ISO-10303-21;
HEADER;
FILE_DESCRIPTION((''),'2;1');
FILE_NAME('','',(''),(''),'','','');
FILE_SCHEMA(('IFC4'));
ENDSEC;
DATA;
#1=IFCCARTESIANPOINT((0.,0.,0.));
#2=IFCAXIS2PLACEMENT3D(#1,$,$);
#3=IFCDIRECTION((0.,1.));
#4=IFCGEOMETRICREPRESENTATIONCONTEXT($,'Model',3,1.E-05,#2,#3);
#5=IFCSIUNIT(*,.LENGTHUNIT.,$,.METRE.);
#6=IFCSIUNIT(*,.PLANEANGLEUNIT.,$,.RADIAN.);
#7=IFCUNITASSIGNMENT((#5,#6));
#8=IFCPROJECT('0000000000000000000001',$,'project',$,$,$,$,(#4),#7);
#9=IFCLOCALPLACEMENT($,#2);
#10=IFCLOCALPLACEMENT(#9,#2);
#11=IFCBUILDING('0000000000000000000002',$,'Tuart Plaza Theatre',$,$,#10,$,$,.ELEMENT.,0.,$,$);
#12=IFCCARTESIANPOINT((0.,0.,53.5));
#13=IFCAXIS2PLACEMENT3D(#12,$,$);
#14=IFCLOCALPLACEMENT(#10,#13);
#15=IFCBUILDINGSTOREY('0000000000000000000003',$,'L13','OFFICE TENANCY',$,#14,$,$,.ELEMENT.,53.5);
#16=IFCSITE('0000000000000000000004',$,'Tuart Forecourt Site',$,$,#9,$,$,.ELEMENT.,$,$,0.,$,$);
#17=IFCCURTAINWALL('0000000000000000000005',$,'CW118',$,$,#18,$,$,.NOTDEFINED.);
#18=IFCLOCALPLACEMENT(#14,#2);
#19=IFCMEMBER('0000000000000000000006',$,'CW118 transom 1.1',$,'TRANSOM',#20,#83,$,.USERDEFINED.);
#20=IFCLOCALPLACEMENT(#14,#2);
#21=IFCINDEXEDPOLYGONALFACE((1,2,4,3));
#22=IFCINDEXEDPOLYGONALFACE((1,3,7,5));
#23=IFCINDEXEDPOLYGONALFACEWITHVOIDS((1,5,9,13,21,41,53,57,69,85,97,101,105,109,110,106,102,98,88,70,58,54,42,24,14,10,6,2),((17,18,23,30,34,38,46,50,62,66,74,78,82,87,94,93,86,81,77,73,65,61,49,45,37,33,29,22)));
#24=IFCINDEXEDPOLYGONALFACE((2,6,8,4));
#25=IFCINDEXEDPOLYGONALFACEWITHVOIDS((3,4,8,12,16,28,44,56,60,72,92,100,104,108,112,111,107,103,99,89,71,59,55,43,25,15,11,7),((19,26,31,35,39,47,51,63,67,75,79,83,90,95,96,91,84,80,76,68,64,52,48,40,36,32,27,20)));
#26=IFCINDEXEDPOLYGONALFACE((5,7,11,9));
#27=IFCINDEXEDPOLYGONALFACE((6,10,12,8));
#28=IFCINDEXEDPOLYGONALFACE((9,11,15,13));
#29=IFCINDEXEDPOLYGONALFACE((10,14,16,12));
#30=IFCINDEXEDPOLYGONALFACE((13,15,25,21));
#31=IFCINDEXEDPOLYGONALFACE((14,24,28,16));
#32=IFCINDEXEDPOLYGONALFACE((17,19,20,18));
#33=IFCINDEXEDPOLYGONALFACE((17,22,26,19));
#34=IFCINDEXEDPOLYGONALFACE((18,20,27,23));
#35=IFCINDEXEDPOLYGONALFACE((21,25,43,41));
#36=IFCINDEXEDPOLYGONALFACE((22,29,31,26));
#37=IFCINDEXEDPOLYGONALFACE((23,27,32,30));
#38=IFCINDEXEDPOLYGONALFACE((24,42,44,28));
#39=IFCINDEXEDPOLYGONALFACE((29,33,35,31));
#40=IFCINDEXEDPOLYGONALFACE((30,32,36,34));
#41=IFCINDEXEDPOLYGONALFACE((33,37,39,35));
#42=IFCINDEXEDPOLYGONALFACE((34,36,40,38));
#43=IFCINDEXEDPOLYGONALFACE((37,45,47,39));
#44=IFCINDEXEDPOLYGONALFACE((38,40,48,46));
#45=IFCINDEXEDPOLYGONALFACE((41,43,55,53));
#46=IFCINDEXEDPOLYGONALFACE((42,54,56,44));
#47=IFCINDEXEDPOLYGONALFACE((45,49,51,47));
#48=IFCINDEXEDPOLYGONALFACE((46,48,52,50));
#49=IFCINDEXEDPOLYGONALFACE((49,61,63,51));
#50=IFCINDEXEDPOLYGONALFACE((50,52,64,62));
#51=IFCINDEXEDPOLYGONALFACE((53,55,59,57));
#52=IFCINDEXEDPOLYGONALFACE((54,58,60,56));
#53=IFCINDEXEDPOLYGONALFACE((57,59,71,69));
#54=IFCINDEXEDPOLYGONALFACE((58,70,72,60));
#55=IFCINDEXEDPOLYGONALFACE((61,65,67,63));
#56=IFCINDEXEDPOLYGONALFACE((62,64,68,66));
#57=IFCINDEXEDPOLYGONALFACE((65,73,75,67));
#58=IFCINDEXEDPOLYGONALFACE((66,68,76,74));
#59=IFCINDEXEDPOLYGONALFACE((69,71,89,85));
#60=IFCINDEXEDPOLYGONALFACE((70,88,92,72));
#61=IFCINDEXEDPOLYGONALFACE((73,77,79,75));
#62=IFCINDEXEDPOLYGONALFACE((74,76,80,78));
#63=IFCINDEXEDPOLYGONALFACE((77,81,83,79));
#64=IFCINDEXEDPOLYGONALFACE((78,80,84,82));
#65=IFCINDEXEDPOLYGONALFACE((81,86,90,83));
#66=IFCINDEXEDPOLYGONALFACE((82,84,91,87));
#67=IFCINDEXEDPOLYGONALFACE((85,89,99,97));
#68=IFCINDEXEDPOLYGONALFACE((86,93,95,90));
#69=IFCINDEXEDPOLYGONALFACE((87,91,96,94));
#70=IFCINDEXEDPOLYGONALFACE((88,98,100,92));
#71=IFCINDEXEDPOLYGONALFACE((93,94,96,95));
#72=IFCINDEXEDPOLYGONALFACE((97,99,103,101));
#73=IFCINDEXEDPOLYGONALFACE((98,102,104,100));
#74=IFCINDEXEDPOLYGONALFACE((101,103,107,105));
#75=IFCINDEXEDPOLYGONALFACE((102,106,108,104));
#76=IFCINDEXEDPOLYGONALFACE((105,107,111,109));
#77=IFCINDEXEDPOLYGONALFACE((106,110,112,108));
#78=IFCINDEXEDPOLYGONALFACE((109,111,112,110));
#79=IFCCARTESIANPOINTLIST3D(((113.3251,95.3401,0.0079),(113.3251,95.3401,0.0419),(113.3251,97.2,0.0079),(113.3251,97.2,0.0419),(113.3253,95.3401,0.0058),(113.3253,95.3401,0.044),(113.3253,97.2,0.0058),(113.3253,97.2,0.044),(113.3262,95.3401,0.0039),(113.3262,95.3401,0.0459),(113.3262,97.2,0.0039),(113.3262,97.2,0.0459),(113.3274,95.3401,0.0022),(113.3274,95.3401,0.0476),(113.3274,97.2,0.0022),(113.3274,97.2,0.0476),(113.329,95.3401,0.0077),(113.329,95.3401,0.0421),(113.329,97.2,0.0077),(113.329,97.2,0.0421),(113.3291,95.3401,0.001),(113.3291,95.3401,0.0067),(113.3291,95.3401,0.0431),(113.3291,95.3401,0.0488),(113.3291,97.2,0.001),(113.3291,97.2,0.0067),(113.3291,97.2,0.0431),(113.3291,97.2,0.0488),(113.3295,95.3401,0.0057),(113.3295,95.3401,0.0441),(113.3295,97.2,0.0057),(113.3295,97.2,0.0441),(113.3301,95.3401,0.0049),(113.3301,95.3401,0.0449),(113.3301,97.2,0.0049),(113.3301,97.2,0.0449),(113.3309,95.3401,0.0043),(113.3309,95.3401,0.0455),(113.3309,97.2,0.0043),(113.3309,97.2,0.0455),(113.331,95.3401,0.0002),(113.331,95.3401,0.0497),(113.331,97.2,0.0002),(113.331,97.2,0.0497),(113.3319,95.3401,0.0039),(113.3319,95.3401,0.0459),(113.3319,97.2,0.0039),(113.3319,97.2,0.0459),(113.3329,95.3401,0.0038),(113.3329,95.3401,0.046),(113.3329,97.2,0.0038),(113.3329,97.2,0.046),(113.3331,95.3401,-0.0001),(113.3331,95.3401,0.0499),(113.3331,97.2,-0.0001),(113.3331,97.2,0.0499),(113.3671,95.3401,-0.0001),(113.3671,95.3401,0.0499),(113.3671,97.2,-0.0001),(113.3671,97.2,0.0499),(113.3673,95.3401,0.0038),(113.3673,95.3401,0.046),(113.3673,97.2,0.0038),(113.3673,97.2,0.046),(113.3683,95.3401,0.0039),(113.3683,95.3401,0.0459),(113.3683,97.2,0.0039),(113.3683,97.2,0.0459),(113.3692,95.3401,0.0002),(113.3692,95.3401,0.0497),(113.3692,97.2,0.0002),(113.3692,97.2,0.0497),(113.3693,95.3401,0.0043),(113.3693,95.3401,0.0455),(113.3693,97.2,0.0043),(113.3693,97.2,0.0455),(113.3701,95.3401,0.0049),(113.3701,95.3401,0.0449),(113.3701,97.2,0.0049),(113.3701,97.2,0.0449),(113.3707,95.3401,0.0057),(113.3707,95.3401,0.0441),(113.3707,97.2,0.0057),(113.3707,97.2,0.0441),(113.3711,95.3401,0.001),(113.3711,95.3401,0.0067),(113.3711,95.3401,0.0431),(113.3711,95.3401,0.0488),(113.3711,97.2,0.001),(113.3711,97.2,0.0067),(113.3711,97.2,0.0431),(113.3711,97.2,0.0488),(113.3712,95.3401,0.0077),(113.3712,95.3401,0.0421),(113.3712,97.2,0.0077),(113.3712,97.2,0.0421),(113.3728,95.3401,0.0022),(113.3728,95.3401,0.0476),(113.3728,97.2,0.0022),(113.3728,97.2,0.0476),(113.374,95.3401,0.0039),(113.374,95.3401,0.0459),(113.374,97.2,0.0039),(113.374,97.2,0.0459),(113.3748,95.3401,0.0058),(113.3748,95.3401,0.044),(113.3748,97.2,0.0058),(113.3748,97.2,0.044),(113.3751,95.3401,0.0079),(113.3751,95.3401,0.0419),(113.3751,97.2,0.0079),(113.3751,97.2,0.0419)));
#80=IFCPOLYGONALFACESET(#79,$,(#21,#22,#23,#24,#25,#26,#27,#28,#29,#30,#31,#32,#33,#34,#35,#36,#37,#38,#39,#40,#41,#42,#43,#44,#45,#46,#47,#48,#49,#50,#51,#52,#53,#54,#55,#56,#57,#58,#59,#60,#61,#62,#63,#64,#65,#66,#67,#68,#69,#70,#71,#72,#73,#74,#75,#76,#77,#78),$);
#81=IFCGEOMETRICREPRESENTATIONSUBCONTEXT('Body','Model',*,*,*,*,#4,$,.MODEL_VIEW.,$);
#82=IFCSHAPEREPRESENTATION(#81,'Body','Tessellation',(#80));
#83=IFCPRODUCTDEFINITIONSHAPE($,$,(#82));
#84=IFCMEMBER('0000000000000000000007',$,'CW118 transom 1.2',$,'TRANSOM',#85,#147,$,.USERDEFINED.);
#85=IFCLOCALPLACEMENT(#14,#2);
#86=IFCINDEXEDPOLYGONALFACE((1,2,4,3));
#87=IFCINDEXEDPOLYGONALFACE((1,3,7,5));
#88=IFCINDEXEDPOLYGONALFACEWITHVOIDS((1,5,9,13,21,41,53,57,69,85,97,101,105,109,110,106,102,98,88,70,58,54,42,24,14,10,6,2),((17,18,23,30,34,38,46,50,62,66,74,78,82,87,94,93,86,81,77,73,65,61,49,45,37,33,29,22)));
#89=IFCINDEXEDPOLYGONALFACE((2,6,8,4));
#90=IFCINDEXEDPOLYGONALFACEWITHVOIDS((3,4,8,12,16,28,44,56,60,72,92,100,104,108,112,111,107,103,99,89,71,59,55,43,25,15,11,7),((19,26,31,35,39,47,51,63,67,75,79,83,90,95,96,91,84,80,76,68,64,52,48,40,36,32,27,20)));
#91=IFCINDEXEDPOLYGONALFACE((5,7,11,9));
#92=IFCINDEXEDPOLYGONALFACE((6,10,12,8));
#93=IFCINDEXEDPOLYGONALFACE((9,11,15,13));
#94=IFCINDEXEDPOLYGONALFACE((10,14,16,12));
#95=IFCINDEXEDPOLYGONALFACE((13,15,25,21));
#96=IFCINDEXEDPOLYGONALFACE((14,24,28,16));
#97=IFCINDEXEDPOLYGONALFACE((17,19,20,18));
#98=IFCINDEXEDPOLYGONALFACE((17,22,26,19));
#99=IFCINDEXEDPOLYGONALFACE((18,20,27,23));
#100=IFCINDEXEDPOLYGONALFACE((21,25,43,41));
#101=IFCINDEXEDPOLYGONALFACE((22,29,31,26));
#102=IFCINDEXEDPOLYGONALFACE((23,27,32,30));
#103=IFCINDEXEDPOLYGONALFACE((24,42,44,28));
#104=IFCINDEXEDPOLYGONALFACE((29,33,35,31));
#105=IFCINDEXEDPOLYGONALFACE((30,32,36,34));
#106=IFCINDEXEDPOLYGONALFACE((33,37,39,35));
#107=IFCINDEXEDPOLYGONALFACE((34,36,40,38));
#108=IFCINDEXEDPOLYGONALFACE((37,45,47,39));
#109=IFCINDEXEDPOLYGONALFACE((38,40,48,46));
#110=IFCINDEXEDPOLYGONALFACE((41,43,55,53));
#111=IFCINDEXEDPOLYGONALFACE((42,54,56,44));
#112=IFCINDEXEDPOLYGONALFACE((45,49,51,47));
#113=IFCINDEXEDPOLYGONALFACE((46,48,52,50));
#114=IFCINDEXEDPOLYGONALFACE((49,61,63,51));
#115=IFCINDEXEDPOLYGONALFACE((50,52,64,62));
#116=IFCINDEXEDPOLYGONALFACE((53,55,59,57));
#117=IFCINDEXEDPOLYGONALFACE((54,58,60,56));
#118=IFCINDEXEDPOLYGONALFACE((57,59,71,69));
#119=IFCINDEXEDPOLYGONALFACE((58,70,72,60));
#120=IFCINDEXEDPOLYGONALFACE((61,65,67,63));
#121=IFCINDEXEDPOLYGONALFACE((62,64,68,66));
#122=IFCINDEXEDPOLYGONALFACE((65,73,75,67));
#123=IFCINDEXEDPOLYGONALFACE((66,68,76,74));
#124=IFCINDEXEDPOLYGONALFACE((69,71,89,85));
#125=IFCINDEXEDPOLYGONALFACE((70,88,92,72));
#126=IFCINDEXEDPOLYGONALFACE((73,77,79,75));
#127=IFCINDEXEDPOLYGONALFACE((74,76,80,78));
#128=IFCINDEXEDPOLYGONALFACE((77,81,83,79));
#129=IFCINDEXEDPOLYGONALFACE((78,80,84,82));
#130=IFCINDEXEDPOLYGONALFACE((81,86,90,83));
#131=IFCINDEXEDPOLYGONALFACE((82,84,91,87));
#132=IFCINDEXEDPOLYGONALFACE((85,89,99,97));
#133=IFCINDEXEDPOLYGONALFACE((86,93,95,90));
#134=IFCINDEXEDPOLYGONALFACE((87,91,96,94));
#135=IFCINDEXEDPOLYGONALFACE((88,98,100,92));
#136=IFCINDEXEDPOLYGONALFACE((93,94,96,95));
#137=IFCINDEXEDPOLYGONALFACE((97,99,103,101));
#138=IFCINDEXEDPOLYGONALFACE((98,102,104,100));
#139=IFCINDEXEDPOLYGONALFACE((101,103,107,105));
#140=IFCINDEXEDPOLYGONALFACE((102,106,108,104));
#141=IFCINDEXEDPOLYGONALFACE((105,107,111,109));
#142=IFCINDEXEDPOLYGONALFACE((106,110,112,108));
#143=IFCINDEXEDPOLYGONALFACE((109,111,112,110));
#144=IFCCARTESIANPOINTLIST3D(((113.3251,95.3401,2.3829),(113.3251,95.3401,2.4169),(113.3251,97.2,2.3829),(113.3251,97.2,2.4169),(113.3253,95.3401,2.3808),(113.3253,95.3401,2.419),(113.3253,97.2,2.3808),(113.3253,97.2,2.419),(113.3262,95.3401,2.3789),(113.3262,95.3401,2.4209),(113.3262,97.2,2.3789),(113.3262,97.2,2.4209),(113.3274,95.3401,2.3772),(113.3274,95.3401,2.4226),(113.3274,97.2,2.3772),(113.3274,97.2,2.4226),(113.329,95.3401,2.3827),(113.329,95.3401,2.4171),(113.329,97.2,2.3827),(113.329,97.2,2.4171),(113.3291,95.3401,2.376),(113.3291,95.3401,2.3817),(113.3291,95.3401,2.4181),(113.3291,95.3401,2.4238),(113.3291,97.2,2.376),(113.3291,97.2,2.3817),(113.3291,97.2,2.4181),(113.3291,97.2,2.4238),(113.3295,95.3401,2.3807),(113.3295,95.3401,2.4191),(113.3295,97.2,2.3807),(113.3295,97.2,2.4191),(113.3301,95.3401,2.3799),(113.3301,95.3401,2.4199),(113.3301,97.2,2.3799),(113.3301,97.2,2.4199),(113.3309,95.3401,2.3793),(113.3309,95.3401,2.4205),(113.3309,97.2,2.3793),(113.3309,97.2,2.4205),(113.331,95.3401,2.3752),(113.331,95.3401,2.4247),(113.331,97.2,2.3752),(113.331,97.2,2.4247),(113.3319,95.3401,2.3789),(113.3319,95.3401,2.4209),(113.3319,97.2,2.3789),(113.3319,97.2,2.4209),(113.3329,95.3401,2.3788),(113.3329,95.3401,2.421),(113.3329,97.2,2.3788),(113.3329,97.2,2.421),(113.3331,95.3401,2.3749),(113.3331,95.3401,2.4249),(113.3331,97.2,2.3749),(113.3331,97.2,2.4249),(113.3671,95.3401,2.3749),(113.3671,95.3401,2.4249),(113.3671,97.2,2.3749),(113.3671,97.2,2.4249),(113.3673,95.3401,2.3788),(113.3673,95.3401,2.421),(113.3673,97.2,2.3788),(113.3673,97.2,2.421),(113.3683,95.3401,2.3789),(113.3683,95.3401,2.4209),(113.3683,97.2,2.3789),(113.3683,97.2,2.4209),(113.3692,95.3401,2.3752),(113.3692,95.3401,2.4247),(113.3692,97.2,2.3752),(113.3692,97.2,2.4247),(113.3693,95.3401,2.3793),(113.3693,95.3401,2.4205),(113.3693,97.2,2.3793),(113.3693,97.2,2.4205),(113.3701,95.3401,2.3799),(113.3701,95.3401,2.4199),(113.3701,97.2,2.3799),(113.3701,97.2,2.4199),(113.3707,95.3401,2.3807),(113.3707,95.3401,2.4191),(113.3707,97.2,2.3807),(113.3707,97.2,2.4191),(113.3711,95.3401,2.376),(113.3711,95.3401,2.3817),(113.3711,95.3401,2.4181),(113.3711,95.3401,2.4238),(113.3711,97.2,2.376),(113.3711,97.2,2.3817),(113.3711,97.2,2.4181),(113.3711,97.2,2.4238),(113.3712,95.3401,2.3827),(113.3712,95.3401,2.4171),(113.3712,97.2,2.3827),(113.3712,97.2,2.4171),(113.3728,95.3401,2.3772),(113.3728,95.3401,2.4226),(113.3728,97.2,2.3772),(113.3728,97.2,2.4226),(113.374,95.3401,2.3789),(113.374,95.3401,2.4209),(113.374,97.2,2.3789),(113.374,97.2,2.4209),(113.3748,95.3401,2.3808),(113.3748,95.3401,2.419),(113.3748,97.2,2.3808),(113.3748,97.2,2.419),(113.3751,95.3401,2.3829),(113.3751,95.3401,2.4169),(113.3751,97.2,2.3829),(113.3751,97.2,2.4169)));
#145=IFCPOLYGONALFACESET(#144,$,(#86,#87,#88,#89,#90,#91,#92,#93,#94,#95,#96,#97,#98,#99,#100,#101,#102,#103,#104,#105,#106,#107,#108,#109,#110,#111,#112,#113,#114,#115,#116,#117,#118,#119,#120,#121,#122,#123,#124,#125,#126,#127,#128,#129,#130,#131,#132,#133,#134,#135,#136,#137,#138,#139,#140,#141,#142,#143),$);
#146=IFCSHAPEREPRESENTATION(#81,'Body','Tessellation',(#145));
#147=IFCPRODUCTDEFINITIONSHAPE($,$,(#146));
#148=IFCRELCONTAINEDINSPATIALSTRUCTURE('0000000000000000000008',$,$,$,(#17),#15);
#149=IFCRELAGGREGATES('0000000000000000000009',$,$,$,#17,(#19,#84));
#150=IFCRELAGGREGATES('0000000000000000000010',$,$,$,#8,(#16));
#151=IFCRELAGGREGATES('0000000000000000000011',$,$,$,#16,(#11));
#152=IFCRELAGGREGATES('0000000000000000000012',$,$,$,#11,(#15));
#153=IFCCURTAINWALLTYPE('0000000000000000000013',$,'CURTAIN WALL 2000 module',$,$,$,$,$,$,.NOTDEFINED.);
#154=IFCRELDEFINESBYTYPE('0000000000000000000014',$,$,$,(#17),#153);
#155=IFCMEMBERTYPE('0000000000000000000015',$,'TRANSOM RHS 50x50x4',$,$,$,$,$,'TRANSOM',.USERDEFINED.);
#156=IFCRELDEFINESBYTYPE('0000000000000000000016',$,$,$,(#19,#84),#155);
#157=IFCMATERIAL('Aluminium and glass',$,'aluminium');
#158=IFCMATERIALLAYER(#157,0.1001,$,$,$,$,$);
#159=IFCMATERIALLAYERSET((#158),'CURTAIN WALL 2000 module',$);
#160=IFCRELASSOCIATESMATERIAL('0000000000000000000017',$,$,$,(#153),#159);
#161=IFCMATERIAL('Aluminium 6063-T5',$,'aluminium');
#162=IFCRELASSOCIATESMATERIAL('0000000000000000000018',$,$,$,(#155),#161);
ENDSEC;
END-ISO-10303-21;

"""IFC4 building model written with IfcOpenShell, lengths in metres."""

from ifc_helpers import new_model, si_unit, direction, frame, origin, origin_2d, place, context, subcontext, project, spatial, hollow_rectangle, extrude, material, layer, layer_set, material_profile, profile_set, type_object, element, aggregate, save


model = new_model("IFC4")

# Units and contexts
model_context = context("Model", 3, precision=1e-05, world=origin(), true_north=direction((0.0, 1.0)))
body_context = subcontext(model_context, "Body", "Model", "MODEL_VIEW")
ifc_project = project(units=[si_unit("LENGTHUNIT", "METRE"), si_unit("PLANEANGLEUNIT", "RADIAN")], contexts=[model_context])

# Site, building, storey
site_placement = place(None, origin())
site = spatial("IfcSite", under=ifc_project, at=site_placement, Name="Tuart Forecourt Site", CompositionType="ELEMENT", RefElevation=0.0)
building_placement = place(site_placement, origin())
building = spatial("IfcBuilding", under=site, at=building_placement, Name="Tuart Plaza Theatre", CompositionType="ELEMENT", ElevationOfRefHeight=0.0)
storey_placement = place(building_placement, frame((0.0, 0.0, 53.5)))
storey = spatial("IfcBuildingStorey", under=building, at=storey_placement, Name="L13", Description="OFFICE TENANCY", CompositionType="ELEMENT", Elevation=53.5)

# Curtain wall, members
ifc_material_1 = material(Name="Aluminium and glass", Category="aluminium")
ifc_layer_1 = layer(ifc_material_1, 0.1001)
ifc_layer_set_1 = layer_set([ifc_layer_1], Name="CURTAIN WALL 2000 module")
curtain_wall_type = type_object("IfcCurtainWallType", Name="CURTAIN WALL 2000 module", PredefinedType="NOTDEFINED", material=ifc_layer_set_1)
curtain_wall_placement = place(storey_placement, origin())
curtain_wall = element("IfcCurtainWall", 1, at=curtain_wall_placement, inside=storey, type_object=curtain_wall_type, Name="CW118", PredefinedType="NOTDEFINED")
ifc_material_2 = material(Name="Aluminium 6063-T5", Category="aluminium")
ifc_material_profile_1 = material_profile(ifc_material_2, hollow_rectangle(XDim=0.05, YDim=0.05, WallThickness=0.0039, InnerFilletRadius=0.0039, OuterFilletRadius=0.0081, at=origin_2d()), Name="RHS 50x50x4")
ifc_profile_set_1 = profile_set([ifc_material_profile_1], Name="Aluminium 6063-T5")
member_type_1 = type_object("IfcMemberType", Name="TRANSOM RHS 50x50x4", ElementType="TRANSOM", PredefinedType="USERDEFINED", material=ifc_profile_set_1)
member_1_placement = place(storey_placement, frame((113.3501, 97.2, 0.0249), z_axis=(0.0, -1.0, 0.0), x_axis=(1.0, 0.0, 0.0)))
member_1 = element("IfcMember", 2, at=member_1_placement, type_object=member_type_1, Name="CW118 transom 1.1", ObjectType="TRANSOM", PredefinedType="USERDEFINED", context=body_context, shape_type="SweptSolid", body=[
    extrude(hollow_rectangle(XDim=0.05, YDim=0.05, WallThickness=0.0039, InnerFilletRadius=0.0039, OuterFilletRadius=0.0081, at=origin_2d()), origin(), (0.0, 0.0, 1.0), 1.8599),
])
member_2_placement = place(storey_placement, frame((113.3501, 97.2, 2.3999), z_axis=(0.0, -1.0, 0.0), x_axis=(1.0, 0.0, 0.0)))
member_2 = element("IfcMember", 3, at=member_2_placement, type_object=member_type_1, Name="CW118 transom 1.2", ObjectType="TRANSOM", PredefinedType="USERDEFINED", context=body_context, shape_type="SweptSolid", body=[
    extrude(hollow_rectangle(XDim=0.05, YDim=0.05, WallThickness=0.0039, InnerFilletRadius=0.0039, OuterFilletRadius=0.0081, at=origin_2d()), origin(), (0.0, 0.0, 1.0), 1.8599),
])
aggregate(curtain_wall, [member_1, member_2])

save(model, "model.ifc")
